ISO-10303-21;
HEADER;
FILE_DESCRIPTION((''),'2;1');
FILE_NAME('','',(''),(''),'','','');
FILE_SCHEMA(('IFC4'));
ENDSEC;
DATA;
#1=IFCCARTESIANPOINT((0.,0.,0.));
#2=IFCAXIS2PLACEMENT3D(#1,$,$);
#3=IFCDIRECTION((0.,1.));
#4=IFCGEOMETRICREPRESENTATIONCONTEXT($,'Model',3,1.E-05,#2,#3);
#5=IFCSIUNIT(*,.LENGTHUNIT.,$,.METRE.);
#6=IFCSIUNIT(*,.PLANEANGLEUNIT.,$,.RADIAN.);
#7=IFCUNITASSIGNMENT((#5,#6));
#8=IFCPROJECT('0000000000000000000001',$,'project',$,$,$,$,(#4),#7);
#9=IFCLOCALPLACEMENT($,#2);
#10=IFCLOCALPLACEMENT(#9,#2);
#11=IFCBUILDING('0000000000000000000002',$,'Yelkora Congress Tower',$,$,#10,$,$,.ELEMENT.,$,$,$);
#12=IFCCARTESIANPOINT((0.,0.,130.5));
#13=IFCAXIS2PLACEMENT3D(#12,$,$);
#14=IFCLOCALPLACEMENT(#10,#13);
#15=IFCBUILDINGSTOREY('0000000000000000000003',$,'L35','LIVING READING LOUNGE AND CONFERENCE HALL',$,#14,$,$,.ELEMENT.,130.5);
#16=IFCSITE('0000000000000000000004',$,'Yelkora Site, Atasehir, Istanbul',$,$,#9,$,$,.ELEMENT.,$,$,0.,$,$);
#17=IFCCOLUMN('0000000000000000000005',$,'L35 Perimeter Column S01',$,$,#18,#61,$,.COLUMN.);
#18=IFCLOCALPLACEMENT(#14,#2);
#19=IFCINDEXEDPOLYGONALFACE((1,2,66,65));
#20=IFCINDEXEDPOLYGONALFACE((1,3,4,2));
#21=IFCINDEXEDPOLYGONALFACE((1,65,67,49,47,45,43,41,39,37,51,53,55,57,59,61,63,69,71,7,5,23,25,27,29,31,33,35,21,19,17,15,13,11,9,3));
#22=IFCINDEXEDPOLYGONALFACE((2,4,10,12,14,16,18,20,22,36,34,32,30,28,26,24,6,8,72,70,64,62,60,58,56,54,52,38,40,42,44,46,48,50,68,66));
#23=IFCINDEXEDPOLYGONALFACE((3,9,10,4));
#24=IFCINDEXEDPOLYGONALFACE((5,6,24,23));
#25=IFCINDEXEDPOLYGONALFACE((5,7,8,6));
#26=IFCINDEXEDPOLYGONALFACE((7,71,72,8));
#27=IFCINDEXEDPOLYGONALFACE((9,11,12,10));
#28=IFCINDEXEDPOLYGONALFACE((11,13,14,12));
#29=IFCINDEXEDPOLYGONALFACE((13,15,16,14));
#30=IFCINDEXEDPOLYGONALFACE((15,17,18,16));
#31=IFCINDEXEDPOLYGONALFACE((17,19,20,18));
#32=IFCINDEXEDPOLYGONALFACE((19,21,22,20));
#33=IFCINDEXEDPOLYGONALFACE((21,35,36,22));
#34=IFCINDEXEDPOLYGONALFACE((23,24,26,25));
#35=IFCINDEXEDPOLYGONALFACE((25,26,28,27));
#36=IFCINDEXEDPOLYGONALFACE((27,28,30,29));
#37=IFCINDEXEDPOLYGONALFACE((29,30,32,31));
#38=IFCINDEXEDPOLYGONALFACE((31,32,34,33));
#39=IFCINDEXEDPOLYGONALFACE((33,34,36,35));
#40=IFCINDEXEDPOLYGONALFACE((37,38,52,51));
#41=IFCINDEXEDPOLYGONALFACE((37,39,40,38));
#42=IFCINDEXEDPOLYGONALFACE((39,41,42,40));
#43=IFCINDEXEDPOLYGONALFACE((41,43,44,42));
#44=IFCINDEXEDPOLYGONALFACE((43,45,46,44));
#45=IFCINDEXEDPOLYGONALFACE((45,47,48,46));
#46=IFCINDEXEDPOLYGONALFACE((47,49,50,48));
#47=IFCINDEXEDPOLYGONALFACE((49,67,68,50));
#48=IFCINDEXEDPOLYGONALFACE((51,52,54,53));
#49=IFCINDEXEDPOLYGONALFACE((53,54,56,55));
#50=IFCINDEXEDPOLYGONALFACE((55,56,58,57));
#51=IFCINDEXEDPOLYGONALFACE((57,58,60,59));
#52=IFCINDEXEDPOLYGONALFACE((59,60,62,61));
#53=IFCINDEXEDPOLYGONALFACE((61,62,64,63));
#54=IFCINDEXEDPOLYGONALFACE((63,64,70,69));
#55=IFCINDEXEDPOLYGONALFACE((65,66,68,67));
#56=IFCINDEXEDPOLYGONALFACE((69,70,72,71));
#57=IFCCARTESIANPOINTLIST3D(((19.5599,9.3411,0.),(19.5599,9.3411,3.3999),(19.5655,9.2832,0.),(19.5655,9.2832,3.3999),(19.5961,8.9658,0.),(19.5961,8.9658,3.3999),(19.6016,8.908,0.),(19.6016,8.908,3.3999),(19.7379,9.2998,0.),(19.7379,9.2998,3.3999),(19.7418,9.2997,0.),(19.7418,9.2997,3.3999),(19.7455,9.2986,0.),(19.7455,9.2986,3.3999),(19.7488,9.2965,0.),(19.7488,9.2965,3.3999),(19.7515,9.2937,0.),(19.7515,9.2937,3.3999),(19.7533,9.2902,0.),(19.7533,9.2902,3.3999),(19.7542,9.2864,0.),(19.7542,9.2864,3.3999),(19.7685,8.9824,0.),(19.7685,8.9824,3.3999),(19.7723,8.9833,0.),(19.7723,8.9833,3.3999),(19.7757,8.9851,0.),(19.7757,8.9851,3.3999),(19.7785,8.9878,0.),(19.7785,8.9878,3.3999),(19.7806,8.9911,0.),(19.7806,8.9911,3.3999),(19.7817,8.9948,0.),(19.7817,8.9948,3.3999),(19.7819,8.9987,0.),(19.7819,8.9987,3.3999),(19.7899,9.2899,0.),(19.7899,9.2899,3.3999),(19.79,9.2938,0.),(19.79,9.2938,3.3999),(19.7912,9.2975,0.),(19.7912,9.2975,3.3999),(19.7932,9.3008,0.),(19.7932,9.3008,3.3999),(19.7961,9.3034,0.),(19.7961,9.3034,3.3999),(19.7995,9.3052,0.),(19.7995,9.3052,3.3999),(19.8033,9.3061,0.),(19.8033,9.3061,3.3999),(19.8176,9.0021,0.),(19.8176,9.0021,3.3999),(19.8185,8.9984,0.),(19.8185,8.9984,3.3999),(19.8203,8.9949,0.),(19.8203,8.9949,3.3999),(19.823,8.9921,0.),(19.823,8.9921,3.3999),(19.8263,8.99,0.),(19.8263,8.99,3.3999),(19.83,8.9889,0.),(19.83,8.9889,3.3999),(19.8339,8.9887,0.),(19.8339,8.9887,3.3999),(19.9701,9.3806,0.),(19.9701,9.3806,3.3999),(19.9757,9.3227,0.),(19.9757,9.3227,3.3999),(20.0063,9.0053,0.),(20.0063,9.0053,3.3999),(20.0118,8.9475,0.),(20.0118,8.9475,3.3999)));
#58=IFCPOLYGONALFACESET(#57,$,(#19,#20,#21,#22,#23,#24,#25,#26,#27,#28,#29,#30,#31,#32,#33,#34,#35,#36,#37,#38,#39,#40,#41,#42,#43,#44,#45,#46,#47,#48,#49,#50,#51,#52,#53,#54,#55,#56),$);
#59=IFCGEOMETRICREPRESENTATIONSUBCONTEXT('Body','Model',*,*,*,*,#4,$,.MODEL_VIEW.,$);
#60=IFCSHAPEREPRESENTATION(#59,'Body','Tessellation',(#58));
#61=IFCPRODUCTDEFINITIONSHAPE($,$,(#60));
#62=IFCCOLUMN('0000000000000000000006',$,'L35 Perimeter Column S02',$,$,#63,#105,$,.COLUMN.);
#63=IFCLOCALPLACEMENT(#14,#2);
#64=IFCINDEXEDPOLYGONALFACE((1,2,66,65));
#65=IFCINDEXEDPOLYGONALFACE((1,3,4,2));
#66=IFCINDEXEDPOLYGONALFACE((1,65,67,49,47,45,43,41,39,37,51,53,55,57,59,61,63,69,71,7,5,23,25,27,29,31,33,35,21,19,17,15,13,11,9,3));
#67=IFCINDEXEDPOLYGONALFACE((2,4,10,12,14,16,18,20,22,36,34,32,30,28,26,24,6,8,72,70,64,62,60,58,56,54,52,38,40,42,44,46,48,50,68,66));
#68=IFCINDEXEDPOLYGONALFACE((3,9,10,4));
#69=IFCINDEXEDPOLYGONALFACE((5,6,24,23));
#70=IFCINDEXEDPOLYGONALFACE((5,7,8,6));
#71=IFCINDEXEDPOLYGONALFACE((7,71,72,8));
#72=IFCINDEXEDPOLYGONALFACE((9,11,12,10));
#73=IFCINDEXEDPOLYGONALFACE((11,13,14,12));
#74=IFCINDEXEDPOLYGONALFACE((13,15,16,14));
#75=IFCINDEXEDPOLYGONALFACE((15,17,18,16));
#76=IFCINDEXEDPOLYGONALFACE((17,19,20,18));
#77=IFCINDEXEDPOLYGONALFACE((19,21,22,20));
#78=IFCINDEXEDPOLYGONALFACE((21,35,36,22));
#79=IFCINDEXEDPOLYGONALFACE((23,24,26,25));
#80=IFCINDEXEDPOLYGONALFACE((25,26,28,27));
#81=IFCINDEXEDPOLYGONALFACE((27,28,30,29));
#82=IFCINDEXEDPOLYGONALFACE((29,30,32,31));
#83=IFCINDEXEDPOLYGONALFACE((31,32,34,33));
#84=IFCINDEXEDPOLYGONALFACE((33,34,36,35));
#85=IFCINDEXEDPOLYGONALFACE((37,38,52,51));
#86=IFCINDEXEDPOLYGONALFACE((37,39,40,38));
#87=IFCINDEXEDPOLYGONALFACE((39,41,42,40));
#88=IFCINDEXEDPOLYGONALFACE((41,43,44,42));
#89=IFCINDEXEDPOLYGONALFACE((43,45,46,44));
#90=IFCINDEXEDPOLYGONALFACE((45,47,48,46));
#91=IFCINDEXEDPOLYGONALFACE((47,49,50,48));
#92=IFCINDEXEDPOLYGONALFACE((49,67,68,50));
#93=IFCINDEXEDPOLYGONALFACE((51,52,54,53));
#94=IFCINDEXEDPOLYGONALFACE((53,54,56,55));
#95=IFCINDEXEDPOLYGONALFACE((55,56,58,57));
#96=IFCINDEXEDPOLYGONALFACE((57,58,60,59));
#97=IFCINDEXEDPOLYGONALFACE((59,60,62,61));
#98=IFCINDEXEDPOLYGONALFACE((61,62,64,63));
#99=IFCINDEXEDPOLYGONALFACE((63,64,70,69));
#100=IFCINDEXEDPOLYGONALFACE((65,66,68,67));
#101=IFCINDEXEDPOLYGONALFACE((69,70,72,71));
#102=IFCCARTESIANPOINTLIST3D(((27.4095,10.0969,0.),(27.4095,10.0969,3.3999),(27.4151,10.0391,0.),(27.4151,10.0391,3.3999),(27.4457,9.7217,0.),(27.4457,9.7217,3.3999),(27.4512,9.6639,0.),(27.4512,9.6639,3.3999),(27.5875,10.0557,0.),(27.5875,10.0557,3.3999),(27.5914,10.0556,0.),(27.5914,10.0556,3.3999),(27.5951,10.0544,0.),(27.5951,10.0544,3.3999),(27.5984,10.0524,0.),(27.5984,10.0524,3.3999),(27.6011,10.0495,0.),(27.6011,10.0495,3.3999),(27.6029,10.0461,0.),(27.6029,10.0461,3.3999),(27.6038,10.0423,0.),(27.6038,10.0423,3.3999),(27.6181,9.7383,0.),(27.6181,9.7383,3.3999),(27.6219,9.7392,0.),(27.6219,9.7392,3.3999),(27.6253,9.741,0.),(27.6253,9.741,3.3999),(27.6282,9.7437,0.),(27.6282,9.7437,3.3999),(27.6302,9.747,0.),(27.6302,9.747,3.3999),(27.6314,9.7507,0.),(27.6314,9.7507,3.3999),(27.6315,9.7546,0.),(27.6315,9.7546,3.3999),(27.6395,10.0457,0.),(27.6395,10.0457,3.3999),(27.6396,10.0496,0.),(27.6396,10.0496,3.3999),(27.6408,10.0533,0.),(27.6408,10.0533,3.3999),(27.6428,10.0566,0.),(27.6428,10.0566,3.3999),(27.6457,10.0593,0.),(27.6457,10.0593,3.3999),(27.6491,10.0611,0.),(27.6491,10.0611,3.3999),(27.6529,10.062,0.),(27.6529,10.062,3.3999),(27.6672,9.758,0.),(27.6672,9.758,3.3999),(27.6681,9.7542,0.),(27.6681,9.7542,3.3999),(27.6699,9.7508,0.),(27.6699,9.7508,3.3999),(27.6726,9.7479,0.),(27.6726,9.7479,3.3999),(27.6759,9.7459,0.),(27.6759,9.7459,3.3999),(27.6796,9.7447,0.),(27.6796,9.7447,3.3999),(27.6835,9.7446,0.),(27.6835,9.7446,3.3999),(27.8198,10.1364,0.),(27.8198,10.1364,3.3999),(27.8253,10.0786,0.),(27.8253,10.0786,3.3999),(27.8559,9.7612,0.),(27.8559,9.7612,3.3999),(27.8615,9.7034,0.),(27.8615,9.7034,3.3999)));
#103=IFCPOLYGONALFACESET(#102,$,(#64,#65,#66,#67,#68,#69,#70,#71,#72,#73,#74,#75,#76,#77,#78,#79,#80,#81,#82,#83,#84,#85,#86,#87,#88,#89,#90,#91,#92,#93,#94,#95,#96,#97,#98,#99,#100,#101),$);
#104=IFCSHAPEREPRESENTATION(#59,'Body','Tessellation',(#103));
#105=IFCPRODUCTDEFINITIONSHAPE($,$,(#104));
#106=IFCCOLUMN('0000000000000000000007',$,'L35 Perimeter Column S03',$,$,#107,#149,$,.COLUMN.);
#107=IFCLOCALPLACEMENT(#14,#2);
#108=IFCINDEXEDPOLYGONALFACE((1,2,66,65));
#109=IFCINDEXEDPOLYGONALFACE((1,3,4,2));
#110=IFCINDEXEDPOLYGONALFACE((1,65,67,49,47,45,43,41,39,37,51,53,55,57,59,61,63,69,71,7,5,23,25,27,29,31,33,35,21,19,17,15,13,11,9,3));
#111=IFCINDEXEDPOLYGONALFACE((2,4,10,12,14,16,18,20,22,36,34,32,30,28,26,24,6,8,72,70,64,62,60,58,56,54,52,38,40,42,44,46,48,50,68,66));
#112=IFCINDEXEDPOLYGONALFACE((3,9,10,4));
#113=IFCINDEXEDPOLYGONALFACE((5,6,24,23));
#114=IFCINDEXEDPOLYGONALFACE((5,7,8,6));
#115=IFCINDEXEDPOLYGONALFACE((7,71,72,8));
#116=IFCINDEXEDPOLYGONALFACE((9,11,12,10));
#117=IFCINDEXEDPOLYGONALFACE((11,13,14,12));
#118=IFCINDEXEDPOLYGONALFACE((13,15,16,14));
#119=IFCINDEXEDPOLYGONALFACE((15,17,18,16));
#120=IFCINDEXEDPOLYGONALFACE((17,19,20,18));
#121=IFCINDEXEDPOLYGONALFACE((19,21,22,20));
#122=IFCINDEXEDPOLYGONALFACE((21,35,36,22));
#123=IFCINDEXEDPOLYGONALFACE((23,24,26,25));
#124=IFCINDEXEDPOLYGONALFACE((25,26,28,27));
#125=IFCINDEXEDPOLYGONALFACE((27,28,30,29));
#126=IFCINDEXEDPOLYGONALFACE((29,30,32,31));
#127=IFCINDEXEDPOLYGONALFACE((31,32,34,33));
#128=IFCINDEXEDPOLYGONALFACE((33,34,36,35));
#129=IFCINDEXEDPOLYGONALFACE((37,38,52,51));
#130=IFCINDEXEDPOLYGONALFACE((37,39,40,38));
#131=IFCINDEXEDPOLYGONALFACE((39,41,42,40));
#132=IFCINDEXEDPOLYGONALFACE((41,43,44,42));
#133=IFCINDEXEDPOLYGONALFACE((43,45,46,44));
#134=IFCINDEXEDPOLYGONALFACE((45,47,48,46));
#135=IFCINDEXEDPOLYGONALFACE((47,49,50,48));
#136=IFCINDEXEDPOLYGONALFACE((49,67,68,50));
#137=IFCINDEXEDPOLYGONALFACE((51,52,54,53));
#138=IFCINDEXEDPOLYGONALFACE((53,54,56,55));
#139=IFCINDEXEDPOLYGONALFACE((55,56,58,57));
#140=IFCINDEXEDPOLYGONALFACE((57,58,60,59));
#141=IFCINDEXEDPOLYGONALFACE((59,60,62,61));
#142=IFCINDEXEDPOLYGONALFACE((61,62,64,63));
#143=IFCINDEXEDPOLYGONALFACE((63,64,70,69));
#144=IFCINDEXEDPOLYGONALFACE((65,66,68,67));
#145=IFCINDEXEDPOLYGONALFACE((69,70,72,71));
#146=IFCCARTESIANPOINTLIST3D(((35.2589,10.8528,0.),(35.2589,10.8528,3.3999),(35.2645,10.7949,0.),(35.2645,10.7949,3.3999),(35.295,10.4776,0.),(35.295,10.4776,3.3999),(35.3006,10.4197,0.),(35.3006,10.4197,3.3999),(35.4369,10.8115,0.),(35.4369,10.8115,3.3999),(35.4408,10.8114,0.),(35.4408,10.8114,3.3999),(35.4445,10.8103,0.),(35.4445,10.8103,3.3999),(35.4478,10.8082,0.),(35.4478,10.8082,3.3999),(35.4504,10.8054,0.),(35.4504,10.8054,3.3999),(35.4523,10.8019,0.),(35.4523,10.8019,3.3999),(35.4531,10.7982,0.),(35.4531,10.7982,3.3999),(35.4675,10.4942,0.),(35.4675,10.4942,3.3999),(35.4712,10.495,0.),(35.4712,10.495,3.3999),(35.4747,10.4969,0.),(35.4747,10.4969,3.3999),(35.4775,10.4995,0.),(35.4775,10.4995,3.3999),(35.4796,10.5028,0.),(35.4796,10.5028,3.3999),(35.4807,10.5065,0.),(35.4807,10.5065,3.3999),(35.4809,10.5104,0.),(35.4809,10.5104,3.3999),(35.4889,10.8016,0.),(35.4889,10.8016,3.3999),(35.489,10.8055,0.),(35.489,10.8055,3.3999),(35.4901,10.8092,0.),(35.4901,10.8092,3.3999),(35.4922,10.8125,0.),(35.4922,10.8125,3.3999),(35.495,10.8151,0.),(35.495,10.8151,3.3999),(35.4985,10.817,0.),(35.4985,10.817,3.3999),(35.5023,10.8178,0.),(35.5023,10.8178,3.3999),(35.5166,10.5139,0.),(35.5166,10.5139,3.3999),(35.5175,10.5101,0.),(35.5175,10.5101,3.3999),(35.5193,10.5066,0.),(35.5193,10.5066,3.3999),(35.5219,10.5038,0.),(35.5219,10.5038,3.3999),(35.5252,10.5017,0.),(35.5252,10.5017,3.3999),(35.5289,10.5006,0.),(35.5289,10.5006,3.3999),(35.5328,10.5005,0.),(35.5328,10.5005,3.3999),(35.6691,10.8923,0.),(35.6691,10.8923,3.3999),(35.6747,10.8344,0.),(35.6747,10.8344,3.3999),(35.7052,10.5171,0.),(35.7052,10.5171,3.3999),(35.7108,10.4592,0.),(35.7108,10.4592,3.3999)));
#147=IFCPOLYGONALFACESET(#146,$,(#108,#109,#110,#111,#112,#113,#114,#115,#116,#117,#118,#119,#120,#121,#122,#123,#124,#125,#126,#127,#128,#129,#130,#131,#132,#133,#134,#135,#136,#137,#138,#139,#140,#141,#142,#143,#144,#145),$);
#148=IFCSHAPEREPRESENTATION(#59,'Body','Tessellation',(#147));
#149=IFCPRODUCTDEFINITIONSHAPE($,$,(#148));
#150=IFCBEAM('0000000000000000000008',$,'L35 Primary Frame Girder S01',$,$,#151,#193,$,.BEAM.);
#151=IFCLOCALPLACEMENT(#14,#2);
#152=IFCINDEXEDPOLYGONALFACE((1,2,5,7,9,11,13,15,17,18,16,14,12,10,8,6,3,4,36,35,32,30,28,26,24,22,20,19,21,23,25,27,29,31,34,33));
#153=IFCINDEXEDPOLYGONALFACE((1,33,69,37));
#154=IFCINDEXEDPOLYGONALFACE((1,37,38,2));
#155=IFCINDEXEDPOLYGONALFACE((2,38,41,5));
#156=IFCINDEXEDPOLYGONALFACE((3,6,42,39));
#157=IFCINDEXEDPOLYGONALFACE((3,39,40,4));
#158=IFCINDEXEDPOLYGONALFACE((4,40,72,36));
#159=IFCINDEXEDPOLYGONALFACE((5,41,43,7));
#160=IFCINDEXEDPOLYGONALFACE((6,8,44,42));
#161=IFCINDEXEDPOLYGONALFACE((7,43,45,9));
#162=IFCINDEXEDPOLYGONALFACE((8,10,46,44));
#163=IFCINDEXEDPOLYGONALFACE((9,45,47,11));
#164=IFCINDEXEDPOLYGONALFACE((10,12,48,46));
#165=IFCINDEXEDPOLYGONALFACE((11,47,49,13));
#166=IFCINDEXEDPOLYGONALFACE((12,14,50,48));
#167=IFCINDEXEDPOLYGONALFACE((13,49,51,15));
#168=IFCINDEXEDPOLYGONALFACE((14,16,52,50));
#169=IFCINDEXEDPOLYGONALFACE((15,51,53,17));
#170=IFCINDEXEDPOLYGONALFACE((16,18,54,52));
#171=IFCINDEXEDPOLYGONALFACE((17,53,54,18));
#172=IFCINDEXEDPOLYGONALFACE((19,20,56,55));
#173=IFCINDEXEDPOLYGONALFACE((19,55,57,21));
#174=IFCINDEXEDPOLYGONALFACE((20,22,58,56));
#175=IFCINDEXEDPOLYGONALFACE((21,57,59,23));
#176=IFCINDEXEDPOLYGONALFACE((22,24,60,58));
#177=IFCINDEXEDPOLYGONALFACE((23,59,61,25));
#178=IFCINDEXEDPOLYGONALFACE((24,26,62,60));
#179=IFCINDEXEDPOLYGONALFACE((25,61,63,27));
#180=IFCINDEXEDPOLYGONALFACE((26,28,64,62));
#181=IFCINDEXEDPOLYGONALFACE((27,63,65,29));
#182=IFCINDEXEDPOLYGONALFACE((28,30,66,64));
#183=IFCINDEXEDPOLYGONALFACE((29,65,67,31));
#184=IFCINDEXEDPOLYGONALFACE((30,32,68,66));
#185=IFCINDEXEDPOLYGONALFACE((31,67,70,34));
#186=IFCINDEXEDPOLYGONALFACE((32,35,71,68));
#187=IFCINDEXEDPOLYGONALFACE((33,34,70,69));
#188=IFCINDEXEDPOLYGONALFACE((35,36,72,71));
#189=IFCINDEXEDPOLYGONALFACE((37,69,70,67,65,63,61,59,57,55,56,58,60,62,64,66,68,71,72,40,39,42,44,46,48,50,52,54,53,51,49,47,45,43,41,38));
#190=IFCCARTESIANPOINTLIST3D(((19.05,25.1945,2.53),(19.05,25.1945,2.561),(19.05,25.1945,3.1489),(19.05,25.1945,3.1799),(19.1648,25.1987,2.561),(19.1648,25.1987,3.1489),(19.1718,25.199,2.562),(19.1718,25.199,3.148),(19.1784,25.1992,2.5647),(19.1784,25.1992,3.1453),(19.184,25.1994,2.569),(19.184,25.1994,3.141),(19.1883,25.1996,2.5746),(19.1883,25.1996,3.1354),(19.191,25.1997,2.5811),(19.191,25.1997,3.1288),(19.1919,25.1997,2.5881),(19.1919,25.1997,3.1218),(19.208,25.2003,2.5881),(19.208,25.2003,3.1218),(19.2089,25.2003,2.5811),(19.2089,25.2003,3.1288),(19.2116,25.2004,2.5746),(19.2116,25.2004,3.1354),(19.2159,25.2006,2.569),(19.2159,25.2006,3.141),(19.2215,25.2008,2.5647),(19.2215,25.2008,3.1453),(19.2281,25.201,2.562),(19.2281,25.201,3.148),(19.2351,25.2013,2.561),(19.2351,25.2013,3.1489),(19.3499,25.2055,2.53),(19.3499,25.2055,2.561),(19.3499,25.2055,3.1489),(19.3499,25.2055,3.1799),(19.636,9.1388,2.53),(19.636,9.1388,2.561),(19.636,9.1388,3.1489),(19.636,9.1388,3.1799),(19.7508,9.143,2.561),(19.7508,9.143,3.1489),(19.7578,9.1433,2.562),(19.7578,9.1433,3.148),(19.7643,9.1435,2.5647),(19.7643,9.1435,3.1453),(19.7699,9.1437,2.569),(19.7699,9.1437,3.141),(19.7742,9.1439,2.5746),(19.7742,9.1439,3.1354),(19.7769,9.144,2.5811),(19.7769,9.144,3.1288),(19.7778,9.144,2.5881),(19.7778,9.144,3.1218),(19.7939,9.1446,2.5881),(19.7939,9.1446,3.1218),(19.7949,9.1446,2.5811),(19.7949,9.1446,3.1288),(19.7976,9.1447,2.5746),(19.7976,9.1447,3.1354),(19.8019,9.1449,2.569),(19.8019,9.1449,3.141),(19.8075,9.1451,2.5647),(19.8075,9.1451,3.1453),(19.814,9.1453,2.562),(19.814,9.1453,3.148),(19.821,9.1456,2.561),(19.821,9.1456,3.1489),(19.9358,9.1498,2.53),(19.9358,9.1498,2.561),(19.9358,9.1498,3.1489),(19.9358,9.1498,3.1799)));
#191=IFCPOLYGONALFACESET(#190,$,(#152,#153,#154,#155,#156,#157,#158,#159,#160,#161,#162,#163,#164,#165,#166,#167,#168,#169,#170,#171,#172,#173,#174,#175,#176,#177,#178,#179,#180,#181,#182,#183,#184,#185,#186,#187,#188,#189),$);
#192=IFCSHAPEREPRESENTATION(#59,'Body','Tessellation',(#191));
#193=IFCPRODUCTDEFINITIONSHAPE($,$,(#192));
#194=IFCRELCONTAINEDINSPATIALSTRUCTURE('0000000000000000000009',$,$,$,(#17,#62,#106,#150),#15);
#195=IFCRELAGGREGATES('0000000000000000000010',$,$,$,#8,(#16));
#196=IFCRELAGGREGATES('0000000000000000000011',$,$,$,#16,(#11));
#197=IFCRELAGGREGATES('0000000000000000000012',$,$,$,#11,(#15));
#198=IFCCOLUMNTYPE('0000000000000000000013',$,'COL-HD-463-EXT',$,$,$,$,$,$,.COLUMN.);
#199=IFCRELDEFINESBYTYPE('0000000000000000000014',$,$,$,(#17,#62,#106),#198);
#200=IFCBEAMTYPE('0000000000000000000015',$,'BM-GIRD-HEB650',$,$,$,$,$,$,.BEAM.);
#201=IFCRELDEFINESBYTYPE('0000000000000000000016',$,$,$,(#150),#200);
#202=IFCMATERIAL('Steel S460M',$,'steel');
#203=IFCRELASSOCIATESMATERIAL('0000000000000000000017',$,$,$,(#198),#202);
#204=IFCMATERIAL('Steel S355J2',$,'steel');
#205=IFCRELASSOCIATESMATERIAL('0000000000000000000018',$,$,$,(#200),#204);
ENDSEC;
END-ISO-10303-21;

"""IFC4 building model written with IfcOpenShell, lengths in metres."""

from ifc_helpers import new_model, si_unit, direction, frame, origin, origin_2d, place, context, subcontext, project, spatial, i_section, extrude, material, material_profile, profile_set, type_object, element, save


model = new_model("IFC4")

# Units and contexts
model_context = context("Model", 3, precision=1e-05, world=origin(), true_north=direction((0.0, 1.0)))
body_context = subcontext(model_context, "Body", "Model", "MODEL_VIEW")
ifc_project = project(units=[si_unit("LENGTHUNIT", "METRE"), si_unit("PLANEANGLEUNIT", "RADIAN")], contexts=[model_context])

# Site, building, storey
site_placement = place(None, origin())
site = spatial("IfcSite", under=ifc_project, at=site_placement, Name="Yelkora Site, Atasehir, Istanbul", CompositionType="ELEMENT", RefElevation=0.0)
building_placement = place(site_placement, origin())
building = spatial("IfcBuilding", under=site, at=building_placement, Name="Yelkora Congress Tower", CompositionType="ELEMENT")
storey_placement = place(building_placement, frame((0.0, 0.0, 130.5)))
storey = spatial("IfcBuildingStorey", under=building, at=storey_placement, Name="L35", Description="LIVING READING LOUNGE AND CONFERENCE HALL", CompositionType="ELEMENT", Elevation=130.5)

# Columns
ifc_material_1 = material(Name="Steel S460M", Category="steel")
ifc_material_profile_1 = material_profile(ifc_material_1, i_section(OverallWidth=0.4121, OverallDepth=0.4351, WebThickness=0.0359, FlangeThickness=0.0581, FilletRadius=0.0149, at=origin_2d()), Name="HD 400x463")
ifc_profile_set_1 = profile_set([ifc_material_profile_1], Name="Steel S460M")
column_type = type_object("IfcColumnType", Name="COL-HD-463-EXT", PredefinedType="COLUMN", material=ifc_profile_set_1)
for number, where, z_axis, x_axis, name in (
    (1, (19.7859, 9.1443, 0.0), (0.0, 0.0, 1.0), (0.995396, 0.095846, 0.0), "L35 Perimeter Column S01"),
    (2, (27.6355, 9.9001, 0.0), (0.0, 0.0, 1.0), (0.995396, 0.095846, 0.0), "L35 Perimeter Column S02"),
    (3, (35.4849, 10.656, 0.0), (0.0, 0.0, 1.0), (0.995396, 0.095846, 0.0), "L35 Perimeter Column S03"),
):
    element("IfcColumn", number, at=place(storey_placement, frame(where, z_axis=z_axis, x_axis=x_axis)), inside=storey, type_object=column_type, Name=name, PredefinedType="COLUMN", context=body_context, shape_type="SweptSolid", body=[
        extrude(i_section(OverallWidth=0.4121, OverallDepth=0.4351, WebThickness=0.0359, FlangeThickness=0.0581, FilletRadius=0.0149, at=origin_2d()), origin(), (0.0, 0.0, 1.0), 3.3999),
    ])

# Beam
ifc_material_2 = material(Name="Steel S355J2", Category="steel")
ifc_material_profile_2 = material_profile(ifc_material_2, i_section(OverallWidth=0.3, OverallDepth=0.6499, WebThickness=0.0161, FlangeThickness=0.031, FilletRadius=0.0271, at=origin_2d()), Name="HEB 650")
ifc_profile_set_2 = profile_set([ifc_material_profile_2], Name="Steel S355J2")
beam_type_1 = type_object("IfcBeamType", Name="BM-GIRD-HEB650", PredefinedType="BEAM", material=ifc_profile_set_2)
beam_1_placement = place(storey_placement, frame((19.7859, 9.1443, 2.855), z_axis=(-0.03647, 0.999335, 0.0), x_axis=(-0.999335, -0.03647, 0.0)))
element("IfcBeam", 4, at=beam_1_placement, inside=storey, type_object=beam_type_1, Name="L35 Primary Frame Girder S01", PredefinedType="BEAM", context=body_context, shape_type="SweptSolid", body=[
    extrude(i_section(OverallWidth=0.3, OverallDepth=0.6499, WebThickness=0.0161, FlangeThickness=0.031, FilletRadius=0.0271, at=origin_2d()), origin(), (0.0, 0.0, 1.0), 16.0664),
])

save(model, "model.ifc")
